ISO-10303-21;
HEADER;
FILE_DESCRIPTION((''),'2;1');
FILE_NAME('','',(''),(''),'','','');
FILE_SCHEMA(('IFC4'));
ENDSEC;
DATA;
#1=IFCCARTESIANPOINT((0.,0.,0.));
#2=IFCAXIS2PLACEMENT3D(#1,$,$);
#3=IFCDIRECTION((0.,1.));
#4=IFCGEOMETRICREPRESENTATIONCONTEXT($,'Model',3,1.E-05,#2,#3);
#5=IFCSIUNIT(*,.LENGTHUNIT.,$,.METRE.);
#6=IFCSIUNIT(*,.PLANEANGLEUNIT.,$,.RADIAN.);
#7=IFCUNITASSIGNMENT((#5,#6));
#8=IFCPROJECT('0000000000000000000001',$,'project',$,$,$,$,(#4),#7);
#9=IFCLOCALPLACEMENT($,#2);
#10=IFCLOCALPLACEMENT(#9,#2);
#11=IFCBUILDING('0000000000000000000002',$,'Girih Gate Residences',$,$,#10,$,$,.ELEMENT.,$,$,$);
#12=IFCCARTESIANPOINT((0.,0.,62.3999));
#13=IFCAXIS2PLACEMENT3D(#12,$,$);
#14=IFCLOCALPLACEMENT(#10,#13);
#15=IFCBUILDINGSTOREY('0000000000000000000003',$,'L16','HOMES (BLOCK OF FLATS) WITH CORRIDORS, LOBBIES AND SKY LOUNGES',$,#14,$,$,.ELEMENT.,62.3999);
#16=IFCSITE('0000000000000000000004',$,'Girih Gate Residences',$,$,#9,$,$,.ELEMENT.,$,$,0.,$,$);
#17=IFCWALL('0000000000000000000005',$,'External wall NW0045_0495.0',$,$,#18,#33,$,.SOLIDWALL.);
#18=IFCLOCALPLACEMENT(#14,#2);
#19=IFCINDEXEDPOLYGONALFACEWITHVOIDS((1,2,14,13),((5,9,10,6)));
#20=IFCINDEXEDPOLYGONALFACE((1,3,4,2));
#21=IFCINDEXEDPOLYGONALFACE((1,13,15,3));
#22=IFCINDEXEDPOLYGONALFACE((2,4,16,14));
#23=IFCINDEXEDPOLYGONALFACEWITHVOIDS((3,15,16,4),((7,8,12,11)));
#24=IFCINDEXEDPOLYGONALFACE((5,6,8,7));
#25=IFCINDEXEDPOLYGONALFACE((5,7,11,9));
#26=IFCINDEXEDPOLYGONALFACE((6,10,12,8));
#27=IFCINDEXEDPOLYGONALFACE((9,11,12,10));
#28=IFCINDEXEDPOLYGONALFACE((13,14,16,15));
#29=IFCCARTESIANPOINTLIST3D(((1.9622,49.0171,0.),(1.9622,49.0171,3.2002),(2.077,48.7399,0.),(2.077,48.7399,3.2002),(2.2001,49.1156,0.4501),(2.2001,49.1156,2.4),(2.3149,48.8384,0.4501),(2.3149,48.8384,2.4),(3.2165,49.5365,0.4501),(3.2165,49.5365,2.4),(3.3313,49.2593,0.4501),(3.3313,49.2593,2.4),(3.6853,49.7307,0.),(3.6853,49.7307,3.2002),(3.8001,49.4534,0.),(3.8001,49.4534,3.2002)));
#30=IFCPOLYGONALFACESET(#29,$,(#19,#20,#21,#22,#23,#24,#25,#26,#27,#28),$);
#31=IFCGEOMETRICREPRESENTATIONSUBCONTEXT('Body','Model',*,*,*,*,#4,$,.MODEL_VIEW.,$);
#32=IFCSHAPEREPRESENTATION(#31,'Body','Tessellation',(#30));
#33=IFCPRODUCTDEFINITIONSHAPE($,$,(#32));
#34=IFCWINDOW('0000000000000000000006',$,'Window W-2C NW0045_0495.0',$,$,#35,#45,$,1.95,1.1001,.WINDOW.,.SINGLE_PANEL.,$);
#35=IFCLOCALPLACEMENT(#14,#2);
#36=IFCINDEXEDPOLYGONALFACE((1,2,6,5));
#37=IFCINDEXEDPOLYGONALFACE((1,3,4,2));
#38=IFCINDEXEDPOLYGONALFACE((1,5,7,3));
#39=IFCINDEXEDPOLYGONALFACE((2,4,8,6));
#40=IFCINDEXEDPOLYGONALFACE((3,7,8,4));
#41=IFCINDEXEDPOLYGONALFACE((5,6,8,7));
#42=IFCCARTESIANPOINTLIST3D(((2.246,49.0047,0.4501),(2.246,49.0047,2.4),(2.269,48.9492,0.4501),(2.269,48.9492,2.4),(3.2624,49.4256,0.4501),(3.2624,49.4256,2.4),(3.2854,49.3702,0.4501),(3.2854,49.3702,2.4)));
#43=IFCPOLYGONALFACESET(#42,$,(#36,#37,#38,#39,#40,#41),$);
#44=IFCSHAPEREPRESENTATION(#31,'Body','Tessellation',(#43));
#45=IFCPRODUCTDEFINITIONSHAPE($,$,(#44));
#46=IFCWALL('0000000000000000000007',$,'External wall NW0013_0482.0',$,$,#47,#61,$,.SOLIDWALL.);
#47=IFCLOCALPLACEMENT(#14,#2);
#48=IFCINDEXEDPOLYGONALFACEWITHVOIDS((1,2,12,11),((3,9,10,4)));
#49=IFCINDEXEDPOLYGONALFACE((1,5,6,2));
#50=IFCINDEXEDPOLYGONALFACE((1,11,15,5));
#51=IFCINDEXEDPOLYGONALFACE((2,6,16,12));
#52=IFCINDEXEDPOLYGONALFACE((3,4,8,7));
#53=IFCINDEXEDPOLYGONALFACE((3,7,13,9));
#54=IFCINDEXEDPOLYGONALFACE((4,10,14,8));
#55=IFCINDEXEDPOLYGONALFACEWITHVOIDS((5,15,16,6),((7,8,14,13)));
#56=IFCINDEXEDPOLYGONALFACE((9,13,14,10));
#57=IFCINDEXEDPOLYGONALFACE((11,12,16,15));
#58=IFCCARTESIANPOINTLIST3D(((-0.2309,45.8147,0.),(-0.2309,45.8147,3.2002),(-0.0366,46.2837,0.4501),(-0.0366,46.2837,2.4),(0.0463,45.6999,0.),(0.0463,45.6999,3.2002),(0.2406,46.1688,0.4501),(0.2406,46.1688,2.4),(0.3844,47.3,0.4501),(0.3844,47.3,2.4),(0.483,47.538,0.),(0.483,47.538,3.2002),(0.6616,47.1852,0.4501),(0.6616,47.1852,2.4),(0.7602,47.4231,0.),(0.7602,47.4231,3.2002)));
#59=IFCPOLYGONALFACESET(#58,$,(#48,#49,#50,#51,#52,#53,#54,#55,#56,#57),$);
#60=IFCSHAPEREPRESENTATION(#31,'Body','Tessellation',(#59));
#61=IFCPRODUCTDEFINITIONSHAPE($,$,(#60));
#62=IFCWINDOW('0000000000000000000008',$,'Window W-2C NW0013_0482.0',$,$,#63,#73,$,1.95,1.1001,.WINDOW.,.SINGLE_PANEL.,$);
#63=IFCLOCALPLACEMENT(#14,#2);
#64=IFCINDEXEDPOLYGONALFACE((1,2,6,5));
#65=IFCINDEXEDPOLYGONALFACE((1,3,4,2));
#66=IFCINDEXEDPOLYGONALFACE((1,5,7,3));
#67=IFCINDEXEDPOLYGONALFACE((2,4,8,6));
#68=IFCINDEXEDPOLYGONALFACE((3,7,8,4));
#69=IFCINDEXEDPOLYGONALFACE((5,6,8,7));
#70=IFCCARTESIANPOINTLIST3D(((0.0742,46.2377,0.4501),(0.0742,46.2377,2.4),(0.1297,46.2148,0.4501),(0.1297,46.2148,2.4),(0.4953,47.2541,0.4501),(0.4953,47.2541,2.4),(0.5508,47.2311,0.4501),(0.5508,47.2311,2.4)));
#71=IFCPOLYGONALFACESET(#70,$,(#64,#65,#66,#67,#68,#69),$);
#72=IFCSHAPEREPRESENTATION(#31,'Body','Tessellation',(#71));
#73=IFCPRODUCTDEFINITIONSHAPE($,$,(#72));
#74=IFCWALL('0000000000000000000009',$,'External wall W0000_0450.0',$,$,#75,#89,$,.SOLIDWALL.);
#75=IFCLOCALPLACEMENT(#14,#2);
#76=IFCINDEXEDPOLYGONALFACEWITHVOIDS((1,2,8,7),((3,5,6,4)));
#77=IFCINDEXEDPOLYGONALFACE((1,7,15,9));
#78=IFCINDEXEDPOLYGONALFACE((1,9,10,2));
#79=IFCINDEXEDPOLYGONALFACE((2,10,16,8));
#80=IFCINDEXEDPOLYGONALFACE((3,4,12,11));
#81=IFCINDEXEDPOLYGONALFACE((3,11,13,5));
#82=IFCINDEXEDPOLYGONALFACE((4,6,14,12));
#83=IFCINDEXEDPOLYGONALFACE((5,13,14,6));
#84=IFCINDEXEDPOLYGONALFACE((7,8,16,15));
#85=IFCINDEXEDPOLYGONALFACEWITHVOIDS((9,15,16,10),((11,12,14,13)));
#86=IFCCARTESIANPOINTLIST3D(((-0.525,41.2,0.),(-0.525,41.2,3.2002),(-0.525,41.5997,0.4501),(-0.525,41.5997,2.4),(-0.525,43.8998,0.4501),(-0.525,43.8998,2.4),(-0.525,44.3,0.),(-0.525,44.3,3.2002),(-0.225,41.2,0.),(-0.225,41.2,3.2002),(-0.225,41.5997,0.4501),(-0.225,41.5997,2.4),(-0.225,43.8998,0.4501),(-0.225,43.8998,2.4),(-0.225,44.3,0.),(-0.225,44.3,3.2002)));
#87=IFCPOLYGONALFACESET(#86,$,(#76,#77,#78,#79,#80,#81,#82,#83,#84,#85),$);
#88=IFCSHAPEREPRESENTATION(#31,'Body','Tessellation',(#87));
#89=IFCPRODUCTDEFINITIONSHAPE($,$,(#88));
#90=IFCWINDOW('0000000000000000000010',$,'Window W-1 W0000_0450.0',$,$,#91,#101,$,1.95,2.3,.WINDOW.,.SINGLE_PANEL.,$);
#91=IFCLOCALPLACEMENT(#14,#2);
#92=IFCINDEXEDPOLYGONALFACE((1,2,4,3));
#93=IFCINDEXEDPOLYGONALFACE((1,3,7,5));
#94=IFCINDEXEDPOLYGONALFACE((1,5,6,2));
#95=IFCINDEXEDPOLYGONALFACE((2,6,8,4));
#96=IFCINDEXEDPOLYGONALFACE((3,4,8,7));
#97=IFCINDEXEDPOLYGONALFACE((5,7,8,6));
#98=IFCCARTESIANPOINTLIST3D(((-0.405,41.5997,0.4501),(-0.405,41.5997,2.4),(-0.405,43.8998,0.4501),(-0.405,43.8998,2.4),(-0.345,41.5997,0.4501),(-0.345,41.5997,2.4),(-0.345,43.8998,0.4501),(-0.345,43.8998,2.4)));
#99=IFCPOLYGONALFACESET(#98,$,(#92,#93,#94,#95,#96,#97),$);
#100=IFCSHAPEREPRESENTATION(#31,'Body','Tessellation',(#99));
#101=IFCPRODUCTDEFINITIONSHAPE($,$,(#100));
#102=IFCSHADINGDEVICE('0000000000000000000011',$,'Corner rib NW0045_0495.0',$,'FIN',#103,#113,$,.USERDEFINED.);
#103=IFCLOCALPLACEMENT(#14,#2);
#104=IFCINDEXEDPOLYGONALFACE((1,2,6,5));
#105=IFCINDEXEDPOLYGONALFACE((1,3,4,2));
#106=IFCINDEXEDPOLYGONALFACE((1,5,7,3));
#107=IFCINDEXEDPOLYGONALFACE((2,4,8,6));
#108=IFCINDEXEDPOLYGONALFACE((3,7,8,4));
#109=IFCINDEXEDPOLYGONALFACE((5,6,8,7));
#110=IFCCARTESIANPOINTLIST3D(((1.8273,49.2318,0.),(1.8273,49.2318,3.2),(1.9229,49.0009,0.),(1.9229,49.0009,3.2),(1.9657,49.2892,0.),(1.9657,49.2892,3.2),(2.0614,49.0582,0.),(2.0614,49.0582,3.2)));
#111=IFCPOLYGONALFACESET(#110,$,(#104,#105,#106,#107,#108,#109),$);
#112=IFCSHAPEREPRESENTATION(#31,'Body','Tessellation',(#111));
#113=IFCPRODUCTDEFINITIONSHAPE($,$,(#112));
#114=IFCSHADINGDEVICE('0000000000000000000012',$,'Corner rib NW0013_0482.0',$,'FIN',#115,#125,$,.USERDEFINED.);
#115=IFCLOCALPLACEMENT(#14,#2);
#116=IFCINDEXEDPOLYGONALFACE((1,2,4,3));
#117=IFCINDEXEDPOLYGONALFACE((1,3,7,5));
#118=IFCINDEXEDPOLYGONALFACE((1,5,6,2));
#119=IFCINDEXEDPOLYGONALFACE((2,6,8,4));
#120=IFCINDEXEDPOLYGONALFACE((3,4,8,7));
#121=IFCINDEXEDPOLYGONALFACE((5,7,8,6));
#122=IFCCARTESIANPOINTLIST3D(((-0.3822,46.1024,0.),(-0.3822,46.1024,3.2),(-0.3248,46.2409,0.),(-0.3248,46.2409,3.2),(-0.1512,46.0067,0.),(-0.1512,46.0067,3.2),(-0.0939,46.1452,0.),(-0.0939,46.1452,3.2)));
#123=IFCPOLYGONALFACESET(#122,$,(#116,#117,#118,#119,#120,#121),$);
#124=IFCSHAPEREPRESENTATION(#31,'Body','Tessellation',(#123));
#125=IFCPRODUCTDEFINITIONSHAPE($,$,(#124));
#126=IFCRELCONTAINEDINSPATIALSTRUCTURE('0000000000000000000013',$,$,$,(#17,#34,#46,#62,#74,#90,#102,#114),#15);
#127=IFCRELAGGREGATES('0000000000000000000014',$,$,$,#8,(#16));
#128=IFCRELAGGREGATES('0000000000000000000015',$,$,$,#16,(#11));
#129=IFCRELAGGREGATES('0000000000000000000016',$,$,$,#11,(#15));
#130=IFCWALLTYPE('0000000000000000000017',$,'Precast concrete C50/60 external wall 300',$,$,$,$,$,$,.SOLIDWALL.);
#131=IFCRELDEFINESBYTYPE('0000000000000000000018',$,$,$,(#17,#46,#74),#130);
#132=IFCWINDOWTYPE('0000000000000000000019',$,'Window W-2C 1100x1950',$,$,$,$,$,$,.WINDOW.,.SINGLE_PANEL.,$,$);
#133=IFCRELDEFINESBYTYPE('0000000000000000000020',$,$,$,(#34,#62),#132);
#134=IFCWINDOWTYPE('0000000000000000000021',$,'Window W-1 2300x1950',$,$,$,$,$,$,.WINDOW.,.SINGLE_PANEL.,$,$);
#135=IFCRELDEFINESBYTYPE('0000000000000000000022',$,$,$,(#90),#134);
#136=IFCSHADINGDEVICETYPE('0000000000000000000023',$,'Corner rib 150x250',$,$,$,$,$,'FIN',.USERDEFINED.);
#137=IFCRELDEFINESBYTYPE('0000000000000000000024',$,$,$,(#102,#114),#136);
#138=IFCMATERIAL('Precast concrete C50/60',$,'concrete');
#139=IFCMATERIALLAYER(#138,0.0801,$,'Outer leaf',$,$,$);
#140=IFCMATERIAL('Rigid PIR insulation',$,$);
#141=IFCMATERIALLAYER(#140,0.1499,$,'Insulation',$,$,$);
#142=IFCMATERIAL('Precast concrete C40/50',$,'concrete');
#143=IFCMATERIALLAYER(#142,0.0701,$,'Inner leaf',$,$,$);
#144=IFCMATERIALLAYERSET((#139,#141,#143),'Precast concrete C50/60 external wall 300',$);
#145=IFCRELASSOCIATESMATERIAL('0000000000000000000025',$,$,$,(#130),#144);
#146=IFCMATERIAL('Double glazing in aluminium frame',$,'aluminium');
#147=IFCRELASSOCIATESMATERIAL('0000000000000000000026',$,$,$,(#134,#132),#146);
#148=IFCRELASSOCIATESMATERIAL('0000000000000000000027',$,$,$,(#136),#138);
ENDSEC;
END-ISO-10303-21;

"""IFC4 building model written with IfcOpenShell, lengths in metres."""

from ifc_helpers import new_model, si_unit, direction, frame, frame_2d, origin, origin_2d, place, context, subcontext, project, spatial, rectangle, extrude, material, layer, layer_set, type_object, element, fill, save


model = new_model("IFC4")

# Units and contexts
model_context = context("Model", 3, precision=1e-05, world=origin(), true_north=direction((0.0, 1.0)))
body_context = subcontext(model_context, "Body", "Model", "MODEL_VIEW")
ifc_project = project(units=[si_unit("LENGTHUNIT", "METRE"), si_unit("PLANEANGLEUNIT", "RADIAN")], contexts=[model_context])

# Site, building, storey
site_placement = place(None, origin())
site = spatial("IfcSite", under=ifc_project, at=site_placement, Name="Girih Gate Residences", CompositionType="ELEMENT", RefElevation=0.0)
building_placement = place(site_placement, origin())
building = spatial("IfcBuilding", under=site, at=building_placement, Name="Girih Gate Residences", CompositionType="ELEMENT")
storey_placement = place(building_placement, frame((0.0, 0.0, 62.3999)))
storey = spatial("IfcBuildingStorey", under=building, at=storey_placement, Name="L16", Description="HOMES (BLOCK OF FLATS) WITH CORRIDORS, LOBBIES AND SKY LOUNGES", CompositionType="ELEMENT", Elevation=62.3999)

# Walls, openings, windows
ifc_material_1 = material(Name="Precast concrete C50/60", Category="concrete")
ifc_layer_1 = layer(ifc_material_1, 0.0801, Name="Outer leaf")
ifc_material_2 = material(Name="Rigid PIR insulation")
ifc_layer_2 = layer(ifc_material_2, 0.1499, Name="Insulation")
ifc_material_3 = material(Name="Precast concrete C40/50", Category="concrete")
ifc_layer_3 = layer(ifc_material_3, 0.0701, Name="Inner leaf")
ifc_layer_set_1 = layer_set([ifc_layer_1, ifc_layer_2, ifc_layer_3], Name="Precast concrete C50/60 external wall 300")
wall_type_1 = type_object("IfcWallType", Name="Precast concrete C50/60 external wall 300", PredefinedType="SOLIDWALL", material=ifc_layer_set_1)
ifc_material_4 = material(Name="Double glazing in aluminium frame", Category="aluminium")
window_type_1 = type_object("IfcWindowType", Name="Window W-1 2300x1950", PartitioningType="SINGLE_PANEL", PredefinedType="WINDOW", material=ifc_material_4)
wall_1_placement = place(storey_placement, frame((2.0195, 48.8784, 0.0), z_axis=(0.0, 0.0, 1.0), x_axis=(0.923904, 0.382625, 0.0)))
wall_1 = element("IfcWall", 1, at=wall_1_placement, inside=storey, type_object=wall_type_1, Name="External wall NW0045_0495.0", PredefinedType="SOLIDWALL", context=body_context, shape_type="SweptSolid", body=[
    extrude(rectangle(XDim=1.865, YDim=0.3, at=frame_2d((0.9326, 0.0))), origin(), (0.0, 0.0, 1.0), 3.2002),
])
opening_1_placement = place(wall_1_placement, frame((0.2576, 0.0, 0.45)))
opening_1 = element("IfcOpeningElement", 2, at=opening_1_placement, cuts=wall_1, PredefinedType="OPENING", context=body_context, shape_type="SweptSolid", body=[
    extrude(rectangle(XDim=1.1001, YDim=1.95, at=frame_2d((0.55, 0.9751))), frame((0.0, 0.1599, 0.0), z_axis=(0.0, -1.0, 0.0), x_axis=(1.0, 0.0, 0.0)), (0.0, 0.0, 1.0), 0.3201),
])
window_type_2 = type_object("IfcWindowType", Name="Window W-2C 1100x1950", PartitioningType="SINGLE_PANEL", PredefinedType="WINDOW", material=ifc_material_4)
window_1_placement = place(opening_1_placement, origin())
window_1 = element("IfcWindow", 3, at=window_1_placement, inside=storey, type_object=window_type_2, Name="Window W-2C NW0045_0495.0", OverallHeight=1.95, OverallWidth=1.1001, PartitioningType="SINGLE_PANEL", PredefinedType="WINDOW", context=body_context, shape_type="SweptSolid", body=[
    extrude(rectangle(XDim=1.1001, YDim=1.95, at=frame_2d((0.55, 0.9751))), frame((0.0, 0.03, 0.0), z_axis=(0.0, -1.0, 0.0), x_axis=(1.0, 0.0, 0.0)), (0.0, 0.0, 1.0), 0.0601),
])
fill(opening_1, window_1)
wall_2_placement = place(storey_placement, frame((-0.0923, 45.7573, 0.0), z_axis=(0.0, 0.0, 1.0), x_axis=(0.382737, 0.923857, 0.0)))
wall_2 = element("IfcWall", 4, at=wall_2_placement, inside=storey, type_object=wall_type_1, Name="External wall NW0013_0482.0", PredefinedType="SOLIDWALL", context=body_context, shape_type="SweptSolid", body=[
    extrude(rectangle(XDim=1.8652, YDim=0.3, at=frame_2d((0.9326, 0.0))), origin(), (0.0, 0.0, 1.0), 3.2002),
])
opening_2_placement = place(wall_2_placement, frame((0.5076, 0.0, 0.45)))
opening_2 = element("IfcOpeningElement", 5, at=opening_2_placement, cuts=wall_2, PredefinedType="OPENING", context=body_context, shape_type="SweptSolid", body=[
    extrude(rectangle(XDim=1.1001, YDim=1.95, at=frame_2d((0.55, 0.9751))), frame((0.0, 0.1599, 0.0), z_axis=(0.0, -1.0, 0.0), x_axis=(1.0, 0.0, 0.0)), (0.0, 0.0, 1.0), 0.3201),
])
window_2_placement = place(opening_2_placement, origin())
window_2 = element("IfcWindow", 6, at=window_2_placement, inside=storey, type_object=window_type_2, Name="Window W-2C NW0013_0482.0", OverallHeight=1.95, OverallWidth=1.1001, PartitioningType="SINGLE_PANEL", PredefinedType="WINDOW", context=body_context, shape_type="SweptSolid", body=[
    extrude(rectangle(XDim=1.1001, YDim=1.95, at=frame_2d((0.55, 0.9751))), frame((0.0, 0.03, 0.0), z_axis=(0.0, -1.0, 0.0), x_axis=(1.0, 0.0, 0.0)), (0.0, 0.0, 1.0), 0.0601),
])
fill(opening_2, window_2)
wall_3_placement = place(storey_placement, frame((-0.375, 41.2, 0.0), z_axis=(0.0, 0.0, 1.0), x_axis=(0.0, 1.0, 0.0)))
wall_3 = element("IfcWall", 7, at=wall_3_placement, inside=storey, type_object=wall_type_1, Name="External wall W0000_0450.0", PredefinedType="SOLIDWALL", context=body_context, shape_type="SweptSolid", body=[
    extrude(rectangle(XDim=3.1001, YDim=0.3, at=frame_2d((1.55, 0.0))), origin(), (0.0, 0.0, 1.0), 3.2002),
])
opening_3_placement = place(wall_3_placement, frame((0.3999, 0.0, 0.45)))
opening_3 = element("IfcOpeningElement", 8, at=opening_3_placement, cuts=wall_3, PredefinedType="OPENING", context=body_context, shape_type="SweptSolid", body=[
    extrude(rectangle(XDim=2.3, YDim=1.95, at=frame_2d((1.1499, 0.9751))), frame((0.0, 0.1599, 0.0), z_axis=(0.0, -1.0, 0.0), x_axis=(1.0, 0.0, 0.0)), (0.0, 0.0, 1.0), 0.3201),
])
window_3_placement = place(opening_3_placement, origin())
window_3 = element("IfcWindow", 9, at=window_3_placement, inside=storey, type_object=window_type_1, Name="Window W-1 W0000_0450.0", OverallHeight=1.95, OverallWidth=2.3, PartitioningType="SINGLE_PANEL", PredefinedType="WINDOW", context=body_context, shape_type="SweptSolid", body=[
    extrude(rectangle(XDim=2.3, YDim=1.95, at=frame_2d((1.1499, 0.9751))), frame((0.0, 0.03, 0.0), z_axis=(0.0, -1.0, 0.0), x_axis=(1.0, 0.0, 0.0)), (0.0, 0.0, 1.0), 0.0601),
])
fill(opening_3, window_3)

# Shading devices
shading_device_type = type_object("IfcShadingDeviceType", Name="Corner rib 150x250", ElementType="FIN", PredefinedType="USERDEFINED", material=ifc_material_1)
for number, where, z_axis, x_axis, name in (
    (10, (1.9443, 49.145, 0.0), (0.0, 0.0, 1.0), (-0.92388, -0.382683, 0.0), "Corner rib NW0045_0495.0"),
    (11, (-0.238, 46.1238, 0.0), (0.0, 0.0, 1.0), (-0.382683, -0.92388, 0.0), "Corner rib NW0013_0482.0"),
):
    element("IfcShadingDevice", number, at=place(storey_placement, frame(where, z_axis=z_axis, x_axis=x_axis)), inside=storey, type_object=shading_device_type, Name=name, ObjectType="FIN", PredefinedType="USERDEFINED", context=body_context, shape_type="SweptSolid", body=[
        extrude(rectangle(XDim=0.1499, YDim=0.25, at=origin_2d()), origin(), (0.0, 0.0, 1.0), 3.2),
    ])

save(model, "model.ifc")
